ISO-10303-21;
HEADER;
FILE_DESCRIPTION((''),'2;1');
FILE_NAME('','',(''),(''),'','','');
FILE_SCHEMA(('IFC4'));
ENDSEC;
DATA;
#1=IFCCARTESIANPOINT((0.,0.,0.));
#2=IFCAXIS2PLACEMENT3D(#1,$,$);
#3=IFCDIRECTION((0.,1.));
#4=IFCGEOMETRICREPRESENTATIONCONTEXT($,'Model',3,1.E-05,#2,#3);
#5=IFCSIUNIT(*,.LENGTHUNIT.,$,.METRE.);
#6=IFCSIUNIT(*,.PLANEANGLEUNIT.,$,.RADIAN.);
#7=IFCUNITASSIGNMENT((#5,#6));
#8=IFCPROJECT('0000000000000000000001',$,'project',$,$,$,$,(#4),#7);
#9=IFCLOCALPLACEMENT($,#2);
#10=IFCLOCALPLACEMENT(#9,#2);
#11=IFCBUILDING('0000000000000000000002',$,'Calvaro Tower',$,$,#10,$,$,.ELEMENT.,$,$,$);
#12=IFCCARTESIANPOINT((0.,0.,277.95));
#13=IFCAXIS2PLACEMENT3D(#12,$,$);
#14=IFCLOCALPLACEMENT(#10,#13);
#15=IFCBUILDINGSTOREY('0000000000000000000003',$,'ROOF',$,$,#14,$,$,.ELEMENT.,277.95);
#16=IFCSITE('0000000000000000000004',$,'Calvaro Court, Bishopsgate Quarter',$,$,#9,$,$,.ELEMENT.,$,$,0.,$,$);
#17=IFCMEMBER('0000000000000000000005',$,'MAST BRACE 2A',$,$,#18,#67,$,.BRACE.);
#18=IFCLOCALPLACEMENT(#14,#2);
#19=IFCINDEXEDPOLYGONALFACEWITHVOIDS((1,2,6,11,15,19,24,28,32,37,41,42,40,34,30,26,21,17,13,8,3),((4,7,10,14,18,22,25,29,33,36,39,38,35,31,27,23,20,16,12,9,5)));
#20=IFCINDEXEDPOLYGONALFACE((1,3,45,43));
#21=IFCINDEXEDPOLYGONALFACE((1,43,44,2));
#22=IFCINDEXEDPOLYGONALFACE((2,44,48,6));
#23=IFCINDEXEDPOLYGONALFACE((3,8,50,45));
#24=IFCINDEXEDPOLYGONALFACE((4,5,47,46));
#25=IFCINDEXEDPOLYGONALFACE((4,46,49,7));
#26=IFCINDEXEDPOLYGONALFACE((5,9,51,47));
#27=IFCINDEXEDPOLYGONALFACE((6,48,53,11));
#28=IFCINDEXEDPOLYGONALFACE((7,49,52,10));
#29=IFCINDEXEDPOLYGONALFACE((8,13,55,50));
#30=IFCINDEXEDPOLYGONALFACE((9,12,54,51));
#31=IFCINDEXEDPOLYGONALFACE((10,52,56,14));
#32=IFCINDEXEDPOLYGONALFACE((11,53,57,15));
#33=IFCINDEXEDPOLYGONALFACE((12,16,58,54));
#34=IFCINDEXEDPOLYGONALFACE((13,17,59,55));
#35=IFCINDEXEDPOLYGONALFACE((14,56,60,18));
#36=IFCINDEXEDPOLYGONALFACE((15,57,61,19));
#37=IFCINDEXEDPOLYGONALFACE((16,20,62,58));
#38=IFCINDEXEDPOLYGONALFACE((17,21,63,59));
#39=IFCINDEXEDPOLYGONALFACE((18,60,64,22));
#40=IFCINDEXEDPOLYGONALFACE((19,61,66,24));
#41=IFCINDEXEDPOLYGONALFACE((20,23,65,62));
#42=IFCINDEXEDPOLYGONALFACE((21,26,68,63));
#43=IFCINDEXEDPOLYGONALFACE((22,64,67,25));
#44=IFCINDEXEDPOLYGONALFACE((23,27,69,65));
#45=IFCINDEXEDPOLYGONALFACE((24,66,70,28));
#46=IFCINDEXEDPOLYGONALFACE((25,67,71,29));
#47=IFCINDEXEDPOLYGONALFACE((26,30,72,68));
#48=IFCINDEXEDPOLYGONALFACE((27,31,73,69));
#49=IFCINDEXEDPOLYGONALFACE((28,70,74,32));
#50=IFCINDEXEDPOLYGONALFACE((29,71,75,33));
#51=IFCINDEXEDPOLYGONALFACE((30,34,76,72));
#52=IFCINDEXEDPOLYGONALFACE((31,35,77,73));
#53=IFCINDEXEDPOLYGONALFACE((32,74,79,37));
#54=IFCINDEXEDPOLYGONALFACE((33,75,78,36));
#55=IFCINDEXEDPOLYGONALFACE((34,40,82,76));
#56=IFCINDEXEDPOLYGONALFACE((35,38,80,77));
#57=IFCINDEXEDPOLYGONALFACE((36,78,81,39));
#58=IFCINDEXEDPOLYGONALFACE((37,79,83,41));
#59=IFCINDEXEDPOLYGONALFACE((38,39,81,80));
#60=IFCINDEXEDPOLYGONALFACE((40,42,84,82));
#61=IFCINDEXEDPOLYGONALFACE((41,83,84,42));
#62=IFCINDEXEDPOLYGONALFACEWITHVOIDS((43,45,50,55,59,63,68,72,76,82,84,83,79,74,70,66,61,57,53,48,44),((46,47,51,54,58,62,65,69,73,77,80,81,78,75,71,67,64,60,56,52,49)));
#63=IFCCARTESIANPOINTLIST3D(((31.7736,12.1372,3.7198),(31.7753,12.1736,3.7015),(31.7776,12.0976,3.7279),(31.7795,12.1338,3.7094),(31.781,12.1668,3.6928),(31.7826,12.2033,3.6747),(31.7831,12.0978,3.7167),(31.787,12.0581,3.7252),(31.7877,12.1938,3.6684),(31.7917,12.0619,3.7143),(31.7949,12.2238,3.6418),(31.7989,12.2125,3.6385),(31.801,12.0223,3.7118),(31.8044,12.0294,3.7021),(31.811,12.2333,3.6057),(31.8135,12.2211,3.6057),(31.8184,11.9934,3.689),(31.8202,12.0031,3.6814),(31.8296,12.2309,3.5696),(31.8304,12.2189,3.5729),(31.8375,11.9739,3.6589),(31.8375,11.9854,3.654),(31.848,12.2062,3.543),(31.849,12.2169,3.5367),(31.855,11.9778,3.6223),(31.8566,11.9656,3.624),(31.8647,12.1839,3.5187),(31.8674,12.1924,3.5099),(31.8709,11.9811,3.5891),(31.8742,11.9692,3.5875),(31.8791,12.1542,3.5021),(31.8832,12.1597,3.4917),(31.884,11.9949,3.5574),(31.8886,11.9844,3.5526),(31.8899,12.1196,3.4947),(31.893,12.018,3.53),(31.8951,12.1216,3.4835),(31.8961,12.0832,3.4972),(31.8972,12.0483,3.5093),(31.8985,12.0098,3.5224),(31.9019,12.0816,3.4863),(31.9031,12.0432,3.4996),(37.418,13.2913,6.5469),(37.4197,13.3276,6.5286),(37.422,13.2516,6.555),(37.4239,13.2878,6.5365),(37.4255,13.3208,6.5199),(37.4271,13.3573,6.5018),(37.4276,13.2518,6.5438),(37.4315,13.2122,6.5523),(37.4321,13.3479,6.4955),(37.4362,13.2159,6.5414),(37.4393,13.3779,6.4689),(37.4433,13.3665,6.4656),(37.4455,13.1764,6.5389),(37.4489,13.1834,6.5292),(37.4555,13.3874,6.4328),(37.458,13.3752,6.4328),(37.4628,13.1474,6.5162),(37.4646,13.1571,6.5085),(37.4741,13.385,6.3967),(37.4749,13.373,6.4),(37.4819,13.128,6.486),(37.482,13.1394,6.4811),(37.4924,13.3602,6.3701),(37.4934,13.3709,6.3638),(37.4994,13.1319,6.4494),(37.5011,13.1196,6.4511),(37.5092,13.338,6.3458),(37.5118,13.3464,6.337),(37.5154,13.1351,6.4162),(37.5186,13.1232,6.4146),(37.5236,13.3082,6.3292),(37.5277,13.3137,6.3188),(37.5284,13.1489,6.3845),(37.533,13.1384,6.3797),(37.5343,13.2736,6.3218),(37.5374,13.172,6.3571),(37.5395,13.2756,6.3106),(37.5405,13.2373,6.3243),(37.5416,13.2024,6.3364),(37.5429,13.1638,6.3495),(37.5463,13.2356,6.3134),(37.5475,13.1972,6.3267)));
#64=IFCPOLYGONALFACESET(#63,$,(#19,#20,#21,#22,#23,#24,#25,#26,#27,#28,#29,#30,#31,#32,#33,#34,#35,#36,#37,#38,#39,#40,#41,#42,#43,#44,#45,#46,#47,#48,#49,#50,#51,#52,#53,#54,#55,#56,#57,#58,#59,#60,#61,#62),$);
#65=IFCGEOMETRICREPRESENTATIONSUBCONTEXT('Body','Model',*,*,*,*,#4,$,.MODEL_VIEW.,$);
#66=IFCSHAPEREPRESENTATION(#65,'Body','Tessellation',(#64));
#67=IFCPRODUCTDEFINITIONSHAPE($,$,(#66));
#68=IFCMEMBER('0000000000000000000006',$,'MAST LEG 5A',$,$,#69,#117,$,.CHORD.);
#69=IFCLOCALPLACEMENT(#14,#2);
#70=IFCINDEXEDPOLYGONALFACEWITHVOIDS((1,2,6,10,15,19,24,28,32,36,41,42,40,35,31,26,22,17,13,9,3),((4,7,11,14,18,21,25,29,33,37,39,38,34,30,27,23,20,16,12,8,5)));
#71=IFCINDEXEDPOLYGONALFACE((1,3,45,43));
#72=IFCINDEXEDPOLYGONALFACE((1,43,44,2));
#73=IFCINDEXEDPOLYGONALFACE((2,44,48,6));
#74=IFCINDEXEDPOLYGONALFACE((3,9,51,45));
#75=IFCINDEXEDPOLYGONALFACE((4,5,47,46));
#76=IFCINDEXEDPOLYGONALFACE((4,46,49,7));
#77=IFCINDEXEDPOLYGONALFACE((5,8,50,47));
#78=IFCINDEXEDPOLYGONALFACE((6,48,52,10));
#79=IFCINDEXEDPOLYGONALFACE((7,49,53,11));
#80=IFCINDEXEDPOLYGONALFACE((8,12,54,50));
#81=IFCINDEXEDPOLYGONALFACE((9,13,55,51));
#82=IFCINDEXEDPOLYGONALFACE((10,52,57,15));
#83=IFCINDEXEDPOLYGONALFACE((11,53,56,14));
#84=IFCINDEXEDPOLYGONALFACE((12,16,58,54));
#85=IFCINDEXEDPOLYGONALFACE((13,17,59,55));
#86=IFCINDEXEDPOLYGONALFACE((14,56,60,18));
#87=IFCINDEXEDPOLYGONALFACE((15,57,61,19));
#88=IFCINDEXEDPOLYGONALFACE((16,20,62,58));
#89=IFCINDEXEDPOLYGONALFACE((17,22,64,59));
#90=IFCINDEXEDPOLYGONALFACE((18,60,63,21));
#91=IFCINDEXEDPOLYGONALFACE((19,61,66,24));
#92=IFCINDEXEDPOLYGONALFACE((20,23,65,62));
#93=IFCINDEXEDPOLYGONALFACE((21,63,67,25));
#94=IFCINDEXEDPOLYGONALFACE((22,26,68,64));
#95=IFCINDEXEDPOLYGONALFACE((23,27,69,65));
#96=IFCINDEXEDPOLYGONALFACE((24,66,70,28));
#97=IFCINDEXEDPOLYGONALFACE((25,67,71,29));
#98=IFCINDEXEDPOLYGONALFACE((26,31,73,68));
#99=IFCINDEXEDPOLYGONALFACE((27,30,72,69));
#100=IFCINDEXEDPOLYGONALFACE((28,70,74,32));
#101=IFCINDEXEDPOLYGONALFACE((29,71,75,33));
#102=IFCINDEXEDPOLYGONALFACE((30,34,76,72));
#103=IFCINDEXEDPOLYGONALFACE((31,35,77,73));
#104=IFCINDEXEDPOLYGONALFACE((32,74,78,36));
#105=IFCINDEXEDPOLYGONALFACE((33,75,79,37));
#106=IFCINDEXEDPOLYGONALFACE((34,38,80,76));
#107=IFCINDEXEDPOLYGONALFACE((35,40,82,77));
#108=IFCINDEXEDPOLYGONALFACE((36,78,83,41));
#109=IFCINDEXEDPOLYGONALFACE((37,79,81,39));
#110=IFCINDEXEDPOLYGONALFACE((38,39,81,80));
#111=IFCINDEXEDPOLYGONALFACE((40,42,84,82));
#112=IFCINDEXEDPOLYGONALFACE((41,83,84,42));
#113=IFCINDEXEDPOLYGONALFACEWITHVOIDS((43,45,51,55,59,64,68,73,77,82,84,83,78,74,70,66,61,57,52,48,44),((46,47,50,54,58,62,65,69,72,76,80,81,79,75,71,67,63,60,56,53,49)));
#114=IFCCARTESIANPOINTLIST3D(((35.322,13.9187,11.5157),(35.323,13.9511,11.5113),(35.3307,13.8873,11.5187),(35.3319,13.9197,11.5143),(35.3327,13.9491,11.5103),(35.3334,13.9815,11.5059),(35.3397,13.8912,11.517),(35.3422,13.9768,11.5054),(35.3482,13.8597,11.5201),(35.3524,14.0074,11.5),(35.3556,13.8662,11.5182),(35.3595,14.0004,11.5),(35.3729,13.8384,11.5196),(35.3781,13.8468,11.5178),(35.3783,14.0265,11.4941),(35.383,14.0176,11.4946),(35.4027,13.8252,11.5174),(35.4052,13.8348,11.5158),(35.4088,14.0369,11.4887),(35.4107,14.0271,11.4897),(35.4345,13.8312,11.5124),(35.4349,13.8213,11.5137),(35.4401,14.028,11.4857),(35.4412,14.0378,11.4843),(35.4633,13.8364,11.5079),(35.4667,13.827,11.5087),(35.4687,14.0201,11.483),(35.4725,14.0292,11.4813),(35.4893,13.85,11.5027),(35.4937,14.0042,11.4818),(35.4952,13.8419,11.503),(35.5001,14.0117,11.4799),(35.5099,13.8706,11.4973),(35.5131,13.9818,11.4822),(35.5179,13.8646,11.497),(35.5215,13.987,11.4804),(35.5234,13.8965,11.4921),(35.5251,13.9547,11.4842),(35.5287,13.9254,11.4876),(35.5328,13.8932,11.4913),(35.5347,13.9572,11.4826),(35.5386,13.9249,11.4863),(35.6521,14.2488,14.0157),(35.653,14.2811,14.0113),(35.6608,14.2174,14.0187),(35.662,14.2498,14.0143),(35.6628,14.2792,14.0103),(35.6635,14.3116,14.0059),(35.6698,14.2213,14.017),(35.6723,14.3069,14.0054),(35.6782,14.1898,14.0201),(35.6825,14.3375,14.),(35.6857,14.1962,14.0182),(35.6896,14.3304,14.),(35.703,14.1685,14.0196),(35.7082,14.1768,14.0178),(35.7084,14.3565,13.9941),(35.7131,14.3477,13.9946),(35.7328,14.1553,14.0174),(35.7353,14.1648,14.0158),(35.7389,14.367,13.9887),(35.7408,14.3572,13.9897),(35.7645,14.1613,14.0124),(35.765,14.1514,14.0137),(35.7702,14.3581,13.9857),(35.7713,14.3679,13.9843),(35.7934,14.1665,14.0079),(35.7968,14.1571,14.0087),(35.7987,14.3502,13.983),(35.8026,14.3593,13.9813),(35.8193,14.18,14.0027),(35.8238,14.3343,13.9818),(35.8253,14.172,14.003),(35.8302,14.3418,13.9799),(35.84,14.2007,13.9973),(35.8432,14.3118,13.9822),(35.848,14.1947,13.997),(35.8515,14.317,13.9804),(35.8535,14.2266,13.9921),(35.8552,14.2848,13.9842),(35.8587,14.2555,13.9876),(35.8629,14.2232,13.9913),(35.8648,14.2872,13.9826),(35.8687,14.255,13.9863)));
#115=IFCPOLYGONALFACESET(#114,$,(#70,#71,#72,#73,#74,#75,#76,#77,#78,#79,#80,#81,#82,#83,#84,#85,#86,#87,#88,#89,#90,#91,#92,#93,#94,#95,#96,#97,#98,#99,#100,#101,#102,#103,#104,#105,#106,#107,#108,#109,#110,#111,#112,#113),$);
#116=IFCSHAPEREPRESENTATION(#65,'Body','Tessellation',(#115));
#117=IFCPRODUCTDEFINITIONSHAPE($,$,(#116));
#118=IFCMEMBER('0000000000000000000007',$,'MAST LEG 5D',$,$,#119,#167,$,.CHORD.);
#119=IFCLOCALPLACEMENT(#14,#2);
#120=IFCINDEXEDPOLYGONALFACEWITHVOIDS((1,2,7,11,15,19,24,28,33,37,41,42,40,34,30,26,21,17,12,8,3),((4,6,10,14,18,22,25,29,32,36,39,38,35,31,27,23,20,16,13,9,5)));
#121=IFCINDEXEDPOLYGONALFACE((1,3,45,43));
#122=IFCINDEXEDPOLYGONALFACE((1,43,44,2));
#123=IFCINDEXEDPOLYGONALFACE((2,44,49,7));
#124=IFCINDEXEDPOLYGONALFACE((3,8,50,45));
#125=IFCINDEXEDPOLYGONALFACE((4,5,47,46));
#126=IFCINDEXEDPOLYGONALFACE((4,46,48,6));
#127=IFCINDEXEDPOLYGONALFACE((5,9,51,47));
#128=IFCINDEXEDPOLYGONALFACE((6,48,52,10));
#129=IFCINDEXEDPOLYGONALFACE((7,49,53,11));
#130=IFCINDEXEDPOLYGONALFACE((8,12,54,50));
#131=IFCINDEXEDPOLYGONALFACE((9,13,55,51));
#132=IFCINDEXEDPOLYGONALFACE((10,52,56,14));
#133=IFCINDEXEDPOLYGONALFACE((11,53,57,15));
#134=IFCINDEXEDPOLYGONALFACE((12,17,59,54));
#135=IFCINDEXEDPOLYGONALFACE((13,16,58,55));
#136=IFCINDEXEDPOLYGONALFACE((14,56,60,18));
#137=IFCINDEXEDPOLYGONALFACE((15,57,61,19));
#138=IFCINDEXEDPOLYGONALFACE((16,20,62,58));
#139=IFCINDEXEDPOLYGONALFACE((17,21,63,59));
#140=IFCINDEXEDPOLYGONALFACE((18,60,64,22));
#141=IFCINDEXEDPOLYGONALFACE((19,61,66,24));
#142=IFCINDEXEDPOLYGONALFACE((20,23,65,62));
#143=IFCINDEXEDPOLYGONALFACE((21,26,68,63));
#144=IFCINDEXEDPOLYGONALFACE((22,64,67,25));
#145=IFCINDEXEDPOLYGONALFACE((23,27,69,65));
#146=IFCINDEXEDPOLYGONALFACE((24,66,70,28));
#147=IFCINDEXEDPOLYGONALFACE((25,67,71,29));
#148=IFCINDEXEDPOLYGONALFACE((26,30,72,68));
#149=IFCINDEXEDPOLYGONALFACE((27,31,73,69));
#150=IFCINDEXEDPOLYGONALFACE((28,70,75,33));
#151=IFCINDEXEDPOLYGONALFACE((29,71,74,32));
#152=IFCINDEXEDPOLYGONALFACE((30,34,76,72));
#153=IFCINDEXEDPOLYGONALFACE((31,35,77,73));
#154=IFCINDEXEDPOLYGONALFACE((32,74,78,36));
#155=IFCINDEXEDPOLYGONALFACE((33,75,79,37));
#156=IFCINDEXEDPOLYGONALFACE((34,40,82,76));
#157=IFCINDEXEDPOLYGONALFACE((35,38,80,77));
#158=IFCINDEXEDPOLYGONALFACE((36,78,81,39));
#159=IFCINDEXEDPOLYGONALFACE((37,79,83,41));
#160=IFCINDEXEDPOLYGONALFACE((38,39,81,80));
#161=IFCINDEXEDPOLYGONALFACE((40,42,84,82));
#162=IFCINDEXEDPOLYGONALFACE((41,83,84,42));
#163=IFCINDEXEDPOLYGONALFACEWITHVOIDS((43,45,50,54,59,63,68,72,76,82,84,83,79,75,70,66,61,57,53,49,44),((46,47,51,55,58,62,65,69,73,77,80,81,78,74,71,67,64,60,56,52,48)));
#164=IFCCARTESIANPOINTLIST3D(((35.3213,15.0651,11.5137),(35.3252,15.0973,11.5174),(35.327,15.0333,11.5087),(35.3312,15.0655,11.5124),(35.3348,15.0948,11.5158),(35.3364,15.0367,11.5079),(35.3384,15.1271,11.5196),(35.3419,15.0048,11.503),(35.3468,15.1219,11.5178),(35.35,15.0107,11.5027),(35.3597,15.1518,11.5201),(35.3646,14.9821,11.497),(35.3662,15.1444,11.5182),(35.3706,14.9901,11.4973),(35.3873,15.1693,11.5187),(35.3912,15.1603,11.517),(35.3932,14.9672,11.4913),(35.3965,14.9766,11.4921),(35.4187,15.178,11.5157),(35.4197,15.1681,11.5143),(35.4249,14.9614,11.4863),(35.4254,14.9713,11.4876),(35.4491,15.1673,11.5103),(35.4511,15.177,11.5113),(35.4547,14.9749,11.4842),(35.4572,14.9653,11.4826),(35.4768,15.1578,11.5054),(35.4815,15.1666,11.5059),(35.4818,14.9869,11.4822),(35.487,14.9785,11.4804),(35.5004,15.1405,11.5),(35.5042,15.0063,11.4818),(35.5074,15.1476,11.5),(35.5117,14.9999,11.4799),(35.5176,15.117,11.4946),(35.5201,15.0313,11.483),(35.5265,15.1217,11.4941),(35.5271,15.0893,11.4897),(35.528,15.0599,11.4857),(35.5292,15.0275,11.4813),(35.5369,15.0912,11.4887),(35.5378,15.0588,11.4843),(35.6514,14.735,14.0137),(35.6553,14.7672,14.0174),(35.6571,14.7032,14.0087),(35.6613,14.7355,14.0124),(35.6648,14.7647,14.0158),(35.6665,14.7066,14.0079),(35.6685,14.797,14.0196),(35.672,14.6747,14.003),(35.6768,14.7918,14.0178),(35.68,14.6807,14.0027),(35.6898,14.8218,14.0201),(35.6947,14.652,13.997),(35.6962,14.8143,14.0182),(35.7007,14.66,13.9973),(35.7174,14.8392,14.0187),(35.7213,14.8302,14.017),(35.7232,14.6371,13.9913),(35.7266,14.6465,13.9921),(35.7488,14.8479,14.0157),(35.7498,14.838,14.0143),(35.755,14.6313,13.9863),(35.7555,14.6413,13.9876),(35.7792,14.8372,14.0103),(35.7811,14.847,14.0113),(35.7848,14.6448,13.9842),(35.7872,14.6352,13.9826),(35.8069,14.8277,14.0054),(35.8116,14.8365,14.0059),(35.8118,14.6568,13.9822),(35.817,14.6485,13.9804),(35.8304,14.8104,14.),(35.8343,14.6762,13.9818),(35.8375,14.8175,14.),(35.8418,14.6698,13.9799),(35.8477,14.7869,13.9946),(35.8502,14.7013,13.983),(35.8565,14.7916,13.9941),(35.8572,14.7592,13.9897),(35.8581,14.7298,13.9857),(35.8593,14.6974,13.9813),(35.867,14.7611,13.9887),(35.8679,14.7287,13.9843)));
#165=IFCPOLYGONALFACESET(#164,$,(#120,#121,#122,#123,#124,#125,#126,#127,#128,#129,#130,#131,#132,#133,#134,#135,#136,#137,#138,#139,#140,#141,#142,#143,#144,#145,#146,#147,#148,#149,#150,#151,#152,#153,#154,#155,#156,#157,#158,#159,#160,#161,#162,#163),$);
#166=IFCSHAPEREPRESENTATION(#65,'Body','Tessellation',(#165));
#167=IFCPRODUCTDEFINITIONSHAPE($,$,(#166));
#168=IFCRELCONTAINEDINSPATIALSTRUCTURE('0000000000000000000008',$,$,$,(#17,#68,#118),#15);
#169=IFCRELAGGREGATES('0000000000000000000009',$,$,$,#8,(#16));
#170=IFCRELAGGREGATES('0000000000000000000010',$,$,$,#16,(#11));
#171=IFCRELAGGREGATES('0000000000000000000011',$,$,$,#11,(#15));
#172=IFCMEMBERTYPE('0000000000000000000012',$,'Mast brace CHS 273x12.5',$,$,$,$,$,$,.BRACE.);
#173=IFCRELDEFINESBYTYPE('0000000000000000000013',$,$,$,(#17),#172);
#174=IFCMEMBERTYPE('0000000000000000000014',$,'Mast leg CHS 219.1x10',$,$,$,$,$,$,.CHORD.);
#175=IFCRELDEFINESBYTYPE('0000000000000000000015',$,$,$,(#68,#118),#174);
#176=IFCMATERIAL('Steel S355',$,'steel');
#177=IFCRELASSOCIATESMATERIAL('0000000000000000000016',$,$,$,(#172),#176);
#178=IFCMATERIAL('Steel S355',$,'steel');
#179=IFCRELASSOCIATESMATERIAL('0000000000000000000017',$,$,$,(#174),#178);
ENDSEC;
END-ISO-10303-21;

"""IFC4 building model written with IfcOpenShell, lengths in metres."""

from ifc_helpers import new_model, si_unit, direction, frame, origin, origin_2d, place, context, subcontext, project, spatial, hollow_circle, extrude, material, material_profile, profile_set, type_object, element, save


model = new_model("IFC4")

# Units and contexts
model_context = context("Model", 3, precision=1e-05, world=origin(), true_north=direction((0.0, 1.0)))
body_context = subcontext(model_context, "Body", "Model", "MODEL_VIEW")
ifc_project = project(units=[si_unit("LENGTHUNIT", "METRE"), si_unit("PLANEANGLEUNIT", "RADIAN")], contexts=[model_context])

# Site, building, storey
site_placement = place(None, origin())
site = spatial("IfcSite", under=ifc_project, at=site_placement, Name="Calvaro Court, Bishopsgate Quarter", CompositionType="ELEMENT", RefElevation=0.0)
building_placement = place(site_placement, origin())
building = spatial("IfcBuilding", under=site, at=building_placement, Name="Calvaro Tower", CompositionType="ELEMENT")
storey_placement = place(building_placement, frame((0.0, 0.0, 277.95)))
storey = spatial("IfcBuildingStorey", under=building, at=storey_placement, Name="ROOF", CompositionType="ELEMENT", Elevation=277.95)

# Members
ifc_material_1 = material(Name="Steel S355", Category="steel")
ifc_material_profile_1 = material_profile(ifc_material_1, hollow_circle(Radius=0.1365, WallThickness=0.0125, at=origin_2d()), Name="CHS 273x12.5")
ifc_profile_set_1 = profile_set([ifc_material_profile_1], Name="Steel S355")
member_type_1 = type_object("IfcMemberType", Name="Mast brace CHS 273x12.5", PredefinedType="BRACE", material=ifc_profile_set_1)
member_1_placement = place(storey_placement, frame((31.8384, 12.0996, 3.6057), z_axis=(0.879542, 0.179827, 0.440532), x_axis=(-0.200311, 0.979732, 0.0)))
element("IfcMember", 1, at=member_1_placement, inside=storey, type_object=member_type_1, Name="MAST BRACE 2A", PredefinedType="BRACE", context=body_context, shape_type="SweptSolid", body=[
    extrude(hollow_circle(Radius=0.1365, WallThickness=0.0125, at=origin_2d()), origin(), (0.0, 0.0, 1.0), 6.4175),
])
ifc_material_2 = material(Name="Steel S355", Category="steel")
ifc_material_profile_2 = material_profile(ifc_material_2, hollow_circle(Radius=0.1096, WallThickness=0.01, at=origin_2d()), Name="CHS 219.1x10")
ifc_profile_set_2 = profile_set([ifc_material_profile_2], Name="Steel S355")
member_type_2 = type_object("IfcMemberType", Name="Mast leg CHS 219.1x10", PredefinedType="CHORD", material=ifc_profile_set_2)
for number, where, z_axis, x_axis, name in (
    (2, (35.4299, 13.9299, 11.5), (0.129788, 0.129788, 0.983011), (-0.707107, 0.707107, 0.0), "MAST LEG 5A"),
    (3, (35.4299, 15.0701, 11.5), (0.129788, -0.129788, 0.983011), (0.707107, 0.707107, 0.0), "MAST LEG 5D"),
):
    element("IfcMember", number, at=place(storey_placement, frame(where, z_axis=z_axis, x_axis=x_axis)), inside=storey, type_object=member_type_2, Name=name, PredefinedType="CHORD", context=body_context, shape_type="SweptSolid", body=[
        extrude(hollow_circle(Radius=0.1096, WallThickness=0.01, at=origin_2d()), origin(), (0.0, 0.0, 1.0), 2.5432),
    ])

save(model, "model.ifc")
